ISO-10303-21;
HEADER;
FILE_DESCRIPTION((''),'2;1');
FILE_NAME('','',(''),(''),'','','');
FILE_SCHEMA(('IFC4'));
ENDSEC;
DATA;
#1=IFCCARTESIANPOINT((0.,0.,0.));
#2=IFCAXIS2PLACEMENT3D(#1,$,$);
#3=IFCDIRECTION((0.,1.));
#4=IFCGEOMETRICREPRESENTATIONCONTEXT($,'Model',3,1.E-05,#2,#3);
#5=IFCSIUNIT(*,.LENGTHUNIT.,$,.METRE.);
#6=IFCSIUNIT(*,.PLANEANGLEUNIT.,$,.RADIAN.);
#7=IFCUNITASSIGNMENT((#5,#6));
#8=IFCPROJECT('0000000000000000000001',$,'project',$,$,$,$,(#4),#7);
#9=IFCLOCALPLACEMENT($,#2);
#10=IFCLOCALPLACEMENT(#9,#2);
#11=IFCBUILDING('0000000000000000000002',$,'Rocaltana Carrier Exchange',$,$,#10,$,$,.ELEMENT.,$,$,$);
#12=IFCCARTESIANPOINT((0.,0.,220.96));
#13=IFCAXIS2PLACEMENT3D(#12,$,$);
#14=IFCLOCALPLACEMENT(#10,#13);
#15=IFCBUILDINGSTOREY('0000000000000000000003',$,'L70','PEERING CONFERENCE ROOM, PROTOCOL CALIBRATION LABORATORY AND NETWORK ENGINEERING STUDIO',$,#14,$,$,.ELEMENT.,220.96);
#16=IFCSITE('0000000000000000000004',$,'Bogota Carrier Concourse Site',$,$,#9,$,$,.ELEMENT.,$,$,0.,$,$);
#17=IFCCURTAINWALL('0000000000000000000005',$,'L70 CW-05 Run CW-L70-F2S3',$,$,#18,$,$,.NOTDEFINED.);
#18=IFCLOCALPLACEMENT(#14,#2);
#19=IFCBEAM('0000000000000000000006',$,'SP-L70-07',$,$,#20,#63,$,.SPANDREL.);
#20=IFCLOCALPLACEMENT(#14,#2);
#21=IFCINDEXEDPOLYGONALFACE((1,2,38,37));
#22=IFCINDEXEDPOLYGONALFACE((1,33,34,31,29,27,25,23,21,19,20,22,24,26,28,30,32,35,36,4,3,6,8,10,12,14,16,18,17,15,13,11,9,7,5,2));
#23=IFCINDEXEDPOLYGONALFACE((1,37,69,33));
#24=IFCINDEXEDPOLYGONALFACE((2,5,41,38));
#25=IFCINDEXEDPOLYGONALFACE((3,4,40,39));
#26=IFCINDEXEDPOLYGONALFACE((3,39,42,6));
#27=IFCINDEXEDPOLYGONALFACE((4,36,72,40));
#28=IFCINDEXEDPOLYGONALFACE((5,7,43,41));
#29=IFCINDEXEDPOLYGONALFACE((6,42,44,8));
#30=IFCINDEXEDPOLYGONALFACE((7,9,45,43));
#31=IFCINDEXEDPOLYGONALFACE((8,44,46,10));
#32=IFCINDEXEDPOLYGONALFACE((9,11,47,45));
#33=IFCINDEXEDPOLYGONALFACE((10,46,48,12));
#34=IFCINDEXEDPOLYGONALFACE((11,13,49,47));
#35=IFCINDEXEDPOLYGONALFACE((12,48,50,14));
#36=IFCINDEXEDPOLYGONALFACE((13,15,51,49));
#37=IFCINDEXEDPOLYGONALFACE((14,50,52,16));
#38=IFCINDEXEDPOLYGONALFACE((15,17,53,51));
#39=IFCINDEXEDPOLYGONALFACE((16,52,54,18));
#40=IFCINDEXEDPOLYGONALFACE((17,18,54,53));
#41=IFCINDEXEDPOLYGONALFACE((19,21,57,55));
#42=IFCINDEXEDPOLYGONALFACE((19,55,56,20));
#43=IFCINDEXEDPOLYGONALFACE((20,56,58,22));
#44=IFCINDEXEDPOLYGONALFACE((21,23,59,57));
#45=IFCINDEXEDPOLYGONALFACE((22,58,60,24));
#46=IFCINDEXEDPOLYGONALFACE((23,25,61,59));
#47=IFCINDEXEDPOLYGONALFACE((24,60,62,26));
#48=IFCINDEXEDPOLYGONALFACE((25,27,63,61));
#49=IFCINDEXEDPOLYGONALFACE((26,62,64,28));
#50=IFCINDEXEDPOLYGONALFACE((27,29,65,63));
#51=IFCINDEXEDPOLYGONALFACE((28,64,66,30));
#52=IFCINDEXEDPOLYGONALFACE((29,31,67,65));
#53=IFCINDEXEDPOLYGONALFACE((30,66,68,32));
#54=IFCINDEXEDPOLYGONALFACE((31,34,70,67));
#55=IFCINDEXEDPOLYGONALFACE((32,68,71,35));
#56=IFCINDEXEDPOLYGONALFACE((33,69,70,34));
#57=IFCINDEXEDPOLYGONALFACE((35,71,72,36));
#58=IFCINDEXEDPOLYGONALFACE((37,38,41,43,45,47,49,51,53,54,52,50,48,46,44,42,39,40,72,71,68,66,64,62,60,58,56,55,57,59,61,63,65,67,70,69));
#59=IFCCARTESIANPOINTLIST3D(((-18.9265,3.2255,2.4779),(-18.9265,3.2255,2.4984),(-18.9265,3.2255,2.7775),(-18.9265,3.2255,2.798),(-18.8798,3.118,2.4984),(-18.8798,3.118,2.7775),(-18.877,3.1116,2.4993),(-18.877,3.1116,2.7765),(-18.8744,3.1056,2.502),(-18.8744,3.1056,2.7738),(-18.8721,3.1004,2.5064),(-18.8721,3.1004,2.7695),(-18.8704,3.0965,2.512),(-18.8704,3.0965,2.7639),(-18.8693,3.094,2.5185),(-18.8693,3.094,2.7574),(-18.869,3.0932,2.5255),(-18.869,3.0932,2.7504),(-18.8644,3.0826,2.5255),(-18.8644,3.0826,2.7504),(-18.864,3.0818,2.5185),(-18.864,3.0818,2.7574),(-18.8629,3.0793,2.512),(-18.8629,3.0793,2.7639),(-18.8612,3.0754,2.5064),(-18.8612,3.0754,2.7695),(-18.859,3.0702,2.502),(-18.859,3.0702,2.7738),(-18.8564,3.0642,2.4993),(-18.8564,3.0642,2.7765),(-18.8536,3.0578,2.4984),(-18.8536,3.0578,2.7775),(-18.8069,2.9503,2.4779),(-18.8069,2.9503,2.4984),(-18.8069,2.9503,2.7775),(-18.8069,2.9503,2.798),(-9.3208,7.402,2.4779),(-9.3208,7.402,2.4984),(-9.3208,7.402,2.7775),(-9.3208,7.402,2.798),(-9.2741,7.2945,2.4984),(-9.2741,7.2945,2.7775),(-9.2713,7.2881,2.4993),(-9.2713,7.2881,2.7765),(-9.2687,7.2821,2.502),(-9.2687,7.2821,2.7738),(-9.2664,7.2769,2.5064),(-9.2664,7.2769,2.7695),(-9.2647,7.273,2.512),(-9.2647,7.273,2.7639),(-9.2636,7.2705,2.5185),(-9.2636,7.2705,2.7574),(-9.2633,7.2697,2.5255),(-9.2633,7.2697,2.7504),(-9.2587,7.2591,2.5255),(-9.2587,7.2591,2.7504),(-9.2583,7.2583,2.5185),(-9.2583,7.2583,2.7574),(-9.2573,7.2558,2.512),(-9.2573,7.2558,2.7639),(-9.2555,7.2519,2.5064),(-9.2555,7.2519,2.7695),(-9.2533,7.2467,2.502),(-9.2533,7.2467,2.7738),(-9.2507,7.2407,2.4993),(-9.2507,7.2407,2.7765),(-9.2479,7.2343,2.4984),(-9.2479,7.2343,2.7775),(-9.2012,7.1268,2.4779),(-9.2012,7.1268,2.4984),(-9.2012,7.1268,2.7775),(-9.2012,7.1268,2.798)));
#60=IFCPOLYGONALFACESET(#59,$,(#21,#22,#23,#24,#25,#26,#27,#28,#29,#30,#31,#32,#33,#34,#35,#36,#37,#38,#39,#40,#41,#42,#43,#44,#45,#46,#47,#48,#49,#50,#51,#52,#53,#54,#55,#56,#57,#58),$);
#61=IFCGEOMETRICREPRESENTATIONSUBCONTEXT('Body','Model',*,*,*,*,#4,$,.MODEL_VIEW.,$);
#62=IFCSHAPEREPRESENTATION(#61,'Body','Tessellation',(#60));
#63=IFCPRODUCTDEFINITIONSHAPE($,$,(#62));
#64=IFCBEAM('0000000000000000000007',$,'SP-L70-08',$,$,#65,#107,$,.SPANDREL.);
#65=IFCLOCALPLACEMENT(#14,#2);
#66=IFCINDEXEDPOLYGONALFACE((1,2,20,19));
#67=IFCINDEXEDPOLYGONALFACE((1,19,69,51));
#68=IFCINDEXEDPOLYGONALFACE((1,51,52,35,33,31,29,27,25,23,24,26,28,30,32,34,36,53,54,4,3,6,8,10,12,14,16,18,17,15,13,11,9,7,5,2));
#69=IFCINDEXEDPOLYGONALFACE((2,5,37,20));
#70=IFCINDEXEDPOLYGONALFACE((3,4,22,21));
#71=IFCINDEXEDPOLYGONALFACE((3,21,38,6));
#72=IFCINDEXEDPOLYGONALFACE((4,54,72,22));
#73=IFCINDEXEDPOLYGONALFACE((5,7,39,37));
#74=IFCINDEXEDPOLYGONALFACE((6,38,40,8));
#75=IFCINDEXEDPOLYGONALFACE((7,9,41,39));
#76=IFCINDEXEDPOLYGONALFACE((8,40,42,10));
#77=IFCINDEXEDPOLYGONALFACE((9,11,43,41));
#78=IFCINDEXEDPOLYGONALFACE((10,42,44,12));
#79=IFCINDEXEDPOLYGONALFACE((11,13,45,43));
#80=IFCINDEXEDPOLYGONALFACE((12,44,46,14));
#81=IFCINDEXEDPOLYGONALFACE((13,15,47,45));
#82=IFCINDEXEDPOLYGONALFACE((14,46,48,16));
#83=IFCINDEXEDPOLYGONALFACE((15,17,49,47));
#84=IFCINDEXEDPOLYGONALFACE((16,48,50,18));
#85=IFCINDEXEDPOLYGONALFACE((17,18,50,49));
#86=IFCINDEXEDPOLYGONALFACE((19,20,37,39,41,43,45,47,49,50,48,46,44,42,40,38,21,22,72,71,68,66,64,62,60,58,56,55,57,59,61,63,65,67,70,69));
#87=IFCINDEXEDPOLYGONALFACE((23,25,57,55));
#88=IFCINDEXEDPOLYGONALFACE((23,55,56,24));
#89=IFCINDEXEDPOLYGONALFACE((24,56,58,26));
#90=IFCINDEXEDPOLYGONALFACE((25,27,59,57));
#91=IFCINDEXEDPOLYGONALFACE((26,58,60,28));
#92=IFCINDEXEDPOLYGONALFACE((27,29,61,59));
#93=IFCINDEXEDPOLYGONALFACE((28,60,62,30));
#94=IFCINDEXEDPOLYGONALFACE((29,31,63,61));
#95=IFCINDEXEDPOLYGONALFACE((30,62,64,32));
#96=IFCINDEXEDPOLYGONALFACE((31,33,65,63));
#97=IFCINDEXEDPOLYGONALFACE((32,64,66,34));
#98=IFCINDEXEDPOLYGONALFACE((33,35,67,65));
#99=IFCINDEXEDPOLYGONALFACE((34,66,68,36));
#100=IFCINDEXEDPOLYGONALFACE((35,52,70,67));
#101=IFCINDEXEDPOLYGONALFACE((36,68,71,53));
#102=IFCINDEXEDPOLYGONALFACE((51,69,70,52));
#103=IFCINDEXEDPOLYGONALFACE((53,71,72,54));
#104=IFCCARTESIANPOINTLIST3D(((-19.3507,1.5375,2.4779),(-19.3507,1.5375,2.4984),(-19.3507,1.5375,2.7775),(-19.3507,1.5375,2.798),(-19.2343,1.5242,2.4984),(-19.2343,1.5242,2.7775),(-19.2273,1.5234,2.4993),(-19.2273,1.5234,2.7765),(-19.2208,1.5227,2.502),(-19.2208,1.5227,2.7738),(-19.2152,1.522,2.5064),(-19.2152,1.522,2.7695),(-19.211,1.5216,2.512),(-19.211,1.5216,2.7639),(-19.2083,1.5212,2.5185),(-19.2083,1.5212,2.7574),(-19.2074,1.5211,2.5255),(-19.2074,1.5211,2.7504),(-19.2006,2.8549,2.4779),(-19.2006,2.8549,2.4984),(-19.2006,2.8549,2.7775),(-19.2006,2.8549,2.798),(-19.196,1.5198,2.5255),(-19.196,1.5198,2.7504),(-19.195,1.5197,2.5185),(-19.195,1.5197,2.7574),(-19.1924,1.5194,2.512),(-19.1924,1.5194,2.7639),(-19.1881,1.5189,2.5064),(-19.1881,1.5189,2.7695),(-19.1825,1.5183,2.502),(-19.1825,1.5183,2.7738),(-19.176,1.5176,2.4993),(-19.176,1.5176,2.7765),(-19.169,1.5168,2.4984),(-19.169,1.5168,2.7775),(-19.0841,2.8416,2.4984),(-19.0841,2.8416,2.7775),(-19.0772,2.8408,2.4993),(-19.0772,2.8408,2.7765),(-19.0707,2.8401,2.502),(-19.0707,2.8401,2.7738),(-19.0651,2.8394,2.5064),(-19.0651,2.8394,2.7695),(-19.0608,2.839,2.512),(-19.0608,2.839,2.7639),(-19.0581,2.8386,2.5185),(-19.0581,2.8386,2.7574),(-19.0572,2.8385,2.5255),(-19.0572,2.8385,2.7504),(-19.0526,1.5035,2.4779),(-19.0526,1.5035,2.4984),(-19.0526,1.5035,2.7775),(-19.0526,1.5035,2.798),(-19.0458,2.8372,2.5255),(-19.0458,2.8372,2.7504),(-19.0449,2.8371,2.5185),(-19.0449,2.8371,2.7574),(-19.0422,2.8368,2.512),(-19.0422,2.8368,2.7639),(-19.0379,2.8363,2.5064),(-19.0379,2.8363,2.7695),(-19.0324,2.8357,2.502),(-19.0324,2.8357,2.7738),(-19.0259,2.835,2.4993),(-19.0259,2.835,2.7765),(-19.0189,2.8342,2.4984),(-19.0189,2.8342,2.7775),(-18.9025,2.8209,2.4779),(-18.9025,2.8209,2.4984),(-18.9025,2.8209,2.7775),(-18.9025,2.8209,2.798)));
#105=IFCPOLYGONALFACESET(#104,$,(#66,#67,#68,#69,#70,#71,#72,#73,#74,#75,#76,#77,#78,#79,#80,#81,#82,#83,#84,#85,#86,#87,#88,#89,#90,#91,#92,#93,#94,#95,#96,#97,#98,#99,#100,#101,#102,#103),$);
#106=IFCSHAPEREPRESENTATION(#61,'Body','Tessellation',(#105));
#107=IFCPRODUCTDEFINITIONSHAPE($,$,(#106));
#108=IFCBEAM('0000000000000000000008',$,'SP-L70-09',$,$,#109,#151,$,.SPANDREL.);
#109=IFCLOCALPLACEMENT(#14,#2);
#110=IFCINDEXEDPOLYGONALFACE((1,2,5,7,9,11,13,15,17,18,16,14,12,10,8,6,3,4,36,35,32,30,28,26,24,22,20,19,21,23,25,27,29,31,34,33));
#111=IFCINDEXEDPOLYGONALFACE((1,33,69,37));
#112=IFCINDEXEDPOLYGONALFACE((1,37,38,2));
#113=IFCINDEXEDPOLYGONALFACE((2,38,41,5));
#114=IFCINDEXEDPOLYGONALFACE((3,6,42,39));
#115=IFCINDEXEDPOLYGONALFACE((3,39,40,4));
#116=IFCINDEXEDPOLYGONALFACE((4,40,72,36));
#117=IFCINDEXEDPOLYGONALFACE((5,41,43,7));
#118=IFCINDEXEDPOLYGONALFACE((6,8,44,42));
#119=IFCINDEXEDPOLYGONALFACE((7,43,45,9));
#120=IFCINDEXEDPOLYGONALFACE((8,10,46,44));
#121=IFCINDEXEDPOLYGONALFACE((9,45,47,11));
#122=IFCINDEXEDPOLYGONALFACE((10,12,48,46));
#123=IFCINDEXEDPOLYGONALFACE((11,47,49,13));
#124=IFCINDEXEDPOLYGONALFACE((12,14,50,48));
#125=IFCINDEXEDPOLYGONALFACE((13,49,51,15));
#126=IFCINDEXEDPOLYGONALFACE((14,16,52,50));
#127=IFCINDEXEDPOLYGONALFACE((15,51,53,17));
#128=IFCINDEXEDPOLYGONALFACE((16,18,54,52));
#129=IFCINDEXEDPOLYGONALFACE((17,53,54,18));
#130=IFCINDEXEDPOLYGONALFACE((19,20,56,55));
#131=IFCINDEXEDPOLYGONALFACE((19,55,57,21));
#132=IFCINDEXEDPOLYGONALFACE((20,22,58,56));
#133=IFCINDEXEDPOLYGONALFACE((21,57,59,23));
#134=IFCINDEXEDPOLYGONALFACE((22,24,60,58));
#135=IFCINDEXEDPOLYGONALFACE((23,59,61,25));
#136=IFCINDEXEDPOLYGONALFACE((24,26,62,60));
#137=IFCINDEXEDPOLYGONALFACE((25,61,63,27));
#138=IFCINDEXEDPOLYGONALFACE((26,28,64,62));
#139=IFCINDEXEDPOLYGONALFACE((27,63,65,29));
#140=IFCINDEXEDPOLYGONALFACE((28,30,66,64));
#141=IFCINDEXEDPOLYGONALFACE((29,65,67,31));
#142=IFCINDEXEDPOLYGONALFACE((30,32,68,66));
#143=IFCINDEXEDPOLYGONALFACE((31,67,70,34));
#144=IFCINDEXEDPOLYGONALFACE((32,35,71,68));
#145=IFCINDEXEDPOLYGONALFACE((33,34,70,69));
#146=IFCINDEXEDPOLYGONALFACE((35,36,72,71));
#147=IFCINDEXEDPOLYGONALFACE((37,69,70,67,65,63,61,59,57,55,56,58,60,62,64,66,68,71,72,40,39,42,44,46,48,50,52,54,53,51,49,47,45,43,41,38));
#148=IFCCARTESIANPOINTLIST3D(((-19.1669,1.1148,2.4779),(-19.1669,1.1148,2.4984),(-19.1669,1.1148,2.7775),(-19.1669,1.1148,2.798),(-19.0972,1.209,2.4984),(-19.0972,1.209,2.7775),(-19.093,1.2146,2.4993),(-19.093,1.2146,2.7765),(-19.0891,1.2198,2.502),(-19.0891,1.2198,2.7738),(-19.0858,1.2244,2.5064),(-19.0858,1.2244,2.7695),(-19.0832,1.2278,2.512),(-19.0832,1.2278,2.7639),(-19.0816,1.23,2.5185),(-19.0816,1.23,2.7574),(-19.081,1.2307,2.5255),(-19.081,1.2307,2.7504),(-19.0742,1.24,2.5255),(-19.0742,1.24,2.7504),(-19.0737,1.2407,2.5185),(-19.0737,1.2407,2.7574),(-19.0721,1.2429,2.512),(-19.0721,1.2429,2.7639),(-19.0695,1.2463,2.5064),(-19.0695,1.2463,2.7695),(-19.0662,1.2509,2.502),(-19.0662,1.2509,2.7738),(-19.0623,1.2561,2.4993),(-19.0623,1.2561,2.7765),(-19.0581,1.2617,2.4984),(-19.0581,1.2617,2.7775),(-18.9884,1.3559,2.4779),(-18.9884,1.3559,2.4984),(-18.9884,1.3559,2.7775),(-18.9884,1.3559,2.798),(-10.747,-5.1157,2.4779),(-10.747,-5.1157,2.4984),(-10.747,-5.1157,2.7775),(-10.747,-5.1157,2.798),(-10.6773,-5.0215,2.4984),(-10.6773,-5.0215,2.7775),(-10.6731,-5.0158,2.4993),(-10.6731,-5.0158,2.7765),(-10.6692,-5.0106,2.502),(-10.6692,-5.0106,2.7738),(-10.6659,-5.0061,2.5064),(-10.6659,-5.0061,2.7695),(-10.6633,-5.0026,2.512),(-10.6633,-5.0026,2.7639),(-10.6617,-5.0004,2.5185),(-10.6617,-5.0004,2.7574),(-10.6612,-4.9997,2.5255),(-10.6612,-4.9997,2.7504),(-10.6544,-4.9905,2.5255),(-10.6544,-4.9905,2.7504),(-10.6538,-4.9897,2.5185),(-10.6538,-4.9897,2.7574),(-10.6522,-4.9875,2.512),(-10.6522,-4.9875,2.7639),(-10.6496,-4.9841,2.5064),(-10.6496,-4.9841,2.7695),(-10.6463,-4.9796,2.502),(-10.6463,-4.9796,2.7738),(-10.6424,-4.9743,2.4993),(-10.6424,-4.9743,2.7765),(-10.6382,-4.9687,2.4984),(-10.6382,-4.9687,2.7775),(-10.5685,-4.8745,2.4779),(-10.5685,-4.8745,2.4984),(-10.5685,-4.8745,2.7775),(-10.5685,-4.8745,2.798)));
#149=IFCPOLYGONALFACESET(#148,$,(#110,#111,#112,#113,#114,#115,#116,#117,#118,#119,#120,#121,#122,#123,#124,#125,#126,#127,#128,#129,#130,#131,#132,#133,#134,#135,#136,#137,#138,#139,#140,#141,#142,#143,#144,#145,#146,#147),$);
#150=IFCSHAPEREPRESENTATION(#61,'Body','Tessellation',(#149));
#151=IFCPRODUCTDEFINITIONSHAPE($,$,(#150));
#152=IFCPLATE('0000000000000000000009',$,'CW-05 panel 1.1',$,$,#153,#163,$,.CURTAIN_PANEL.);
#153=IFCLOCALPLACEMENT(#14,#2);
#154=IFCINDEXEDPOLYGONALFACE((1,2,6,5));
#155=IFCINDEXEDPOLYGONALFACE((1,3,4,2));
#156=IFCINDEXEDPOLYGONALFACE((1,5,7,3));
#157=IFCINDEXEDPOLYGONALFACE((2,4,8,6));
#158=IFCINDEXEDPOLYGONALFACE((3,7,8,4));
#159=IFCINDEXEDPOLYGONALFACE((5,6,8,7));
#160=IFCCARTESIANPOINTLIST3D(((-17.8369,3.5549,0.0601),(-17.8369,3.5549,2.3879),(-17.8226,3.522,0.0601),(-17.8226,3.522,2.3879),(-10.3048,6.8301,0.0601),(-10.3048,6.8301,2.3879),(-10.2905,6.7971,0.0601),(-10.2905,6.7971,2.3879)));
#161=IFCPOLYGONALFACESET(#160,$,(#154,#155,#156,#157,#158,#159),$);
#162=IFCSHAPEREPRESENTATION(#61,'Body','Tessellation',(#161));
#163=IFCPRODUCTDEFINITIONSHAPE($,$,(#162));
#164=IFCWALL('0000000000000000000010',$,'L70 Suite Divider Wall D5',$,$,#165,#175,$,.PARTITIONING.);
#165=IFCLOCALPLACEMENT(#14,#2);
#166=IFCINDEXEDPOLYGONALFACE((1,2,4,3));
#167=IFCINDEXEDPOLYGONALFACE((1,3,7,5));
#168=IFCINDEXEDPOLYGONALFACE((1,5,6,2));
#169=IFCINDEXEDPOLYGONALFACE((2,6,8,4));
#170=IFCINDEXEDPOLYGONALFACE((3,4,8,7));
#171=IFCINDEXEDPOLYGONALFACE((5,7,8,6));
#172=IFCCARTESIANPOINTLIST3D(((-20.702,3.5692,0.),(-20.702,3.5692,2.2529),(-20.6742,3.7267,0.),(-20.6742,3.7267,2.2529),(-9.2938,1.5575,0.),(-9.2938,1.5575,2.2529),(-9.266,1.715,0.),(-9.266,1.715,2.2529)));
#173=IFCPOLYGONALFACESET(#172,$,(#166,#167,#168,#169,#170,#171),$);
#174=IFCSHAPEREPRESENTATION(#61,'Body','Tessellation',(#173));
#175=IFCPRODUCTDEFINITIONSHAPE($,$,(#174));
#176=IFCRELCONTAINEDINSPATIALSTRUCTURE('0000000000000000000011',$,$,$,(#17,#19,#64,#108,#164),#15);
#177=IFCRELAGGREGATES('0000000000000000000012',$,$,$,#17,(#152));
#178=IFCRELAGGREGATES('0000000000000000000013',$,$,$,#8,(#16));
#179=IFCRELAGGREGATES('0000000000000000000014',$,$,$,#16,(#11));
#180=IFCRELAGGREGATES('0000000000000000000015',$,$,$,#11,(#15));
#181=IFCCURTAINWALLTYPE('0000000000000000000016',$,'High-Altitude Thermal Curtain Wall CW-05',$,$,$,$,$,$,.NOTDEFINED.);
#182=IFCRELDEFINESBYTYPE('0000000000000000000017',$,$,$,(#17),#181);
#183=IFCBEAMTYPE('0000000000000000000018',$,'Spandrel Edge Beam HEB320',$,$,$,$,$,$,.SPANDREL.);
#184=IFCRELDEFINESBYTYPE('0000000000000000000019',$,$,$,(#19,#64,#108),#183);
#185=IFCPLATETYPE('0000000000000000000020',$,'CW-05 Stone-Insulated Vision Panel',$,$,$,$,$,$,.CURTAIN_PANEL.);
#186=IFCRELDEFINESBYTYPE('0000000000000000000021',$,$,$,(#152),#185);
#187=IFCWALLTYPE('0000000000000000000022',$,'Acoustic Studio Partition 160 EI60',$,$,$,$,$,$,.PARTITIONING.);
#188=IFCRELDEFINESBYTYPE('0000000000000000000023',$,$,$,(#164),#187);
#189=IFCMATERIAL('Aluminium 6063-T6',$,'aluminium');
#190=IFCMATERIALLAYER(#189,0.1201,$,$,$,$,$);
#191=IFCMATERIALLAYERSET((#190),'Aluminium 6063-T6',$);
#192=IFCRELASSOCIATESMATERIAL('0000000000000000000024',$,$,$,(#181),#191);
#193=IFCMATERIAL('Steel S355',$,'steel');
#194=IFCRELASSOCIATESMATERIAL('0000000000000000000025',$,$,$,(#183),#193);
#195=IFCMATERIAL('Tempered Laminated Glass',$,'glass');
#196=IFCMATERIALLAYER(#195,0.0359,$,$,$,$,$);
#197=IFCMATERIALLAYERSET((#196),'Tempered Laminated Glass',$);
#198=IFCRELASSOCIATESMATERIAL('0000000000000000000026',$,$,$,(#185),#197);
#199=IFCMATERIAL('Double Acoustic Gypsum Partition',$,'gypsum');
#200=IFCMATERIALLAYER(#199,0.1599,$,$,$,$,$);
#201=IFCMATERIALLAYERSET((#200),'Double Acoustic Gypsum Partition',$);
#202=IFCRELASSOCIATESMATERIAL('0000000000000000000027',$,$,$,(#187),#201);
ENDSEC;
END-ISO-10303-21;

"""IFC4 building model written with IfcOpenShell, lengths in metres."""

from ifc_helpers import new_model, si_unit, direction, frame, frame_2d, origin, origin_2d, place, context, subcontext, project, spatial, rectangle, i_section, extrude, material, layer, layer_set, material_profile, profile_set, type_object, element, aggregate, save


model = new_model("IFC4")

# Units and contexts
model_context = context("Model", 3, precision=1e-05, world=origin(), true_north=direction((0.0, 1.0)))
body_context = subcontext(model_context, "Body", "Model", "MODEL_VIEW")
ifc_project = project(units=[si_unit("LENGTHUNIT", "METRE"), si_unit("PLANEANGLEUNIT", "RADIAN")], contexts=[model_context])

# Site, building, storey
site_placement = place(None, origin())
site = spatial("IfcSite", under=ifc_project, at=site_placement, Name="Bogota Carrier Concourse Site", CompositionType="ELEMENT", RefElevation=0.0)
building_placement = place(site_placement, origin())
building = spatial("IfcBuilding", under=site, at=building_placement, Name="Rocaltana Carrier Exchange", CompositionType="ELEMENT")
storey_placement = place(building_placement, frame((0.0, 0.0, 220.96)))
storey = spatial("IfcBuildingStorey", under=building, at=storey_placement, Name="L70", Description="PEERING CONFERENCE ROOM, PROTOCOL CALIBRATION LABORATORY AND NETWORK ENGINEERING STUDIO", CompositionType="ELEMENT", Elevation=220.96)

# Shared definitions
ifc_material_1 = material(Name="Aluminium 6063-T6", Category="aluminium")
ifc_layer_1 = layer(ifc_material_1, 0.1201)
ifc_layer_set_1 = layer_set([ifc_layer_1], Name="Aluminium 6063-T6")
curtain_wall_type = type_object("IfcCurtainWallType", Name="High-Altitude Thermal Curtain Wall CW-05", PredefinedType="NOTDEFINED", material=ifc_layer_set_1)

# Curtain wall
curtain_wall_1_placement = place(storey_placement, origin())
curtain_wall_1 = element("IfcCurtainWall", 1, at=curtain_wall_1_placement, inside=storey, type_object=curtain_wall_type, Name="L70 CW-05 Run CW-L70-F2S3", PredefinedType="NOTDEFINED")

# Beams
ifc_material_2 = material(Name="Steel S355", Category="steel")
ifc_material_profile_1 = material_profile(ifc_material_2, i_section(OverallWidth=0.3, OverallDepth=0.3201, WebThickness=0.0115, FlangeThickness=0.0205, FilletRadius=0.0271, at=origin_2d()), Name="HEB320")
ifc_profile_set_1 = profile_set([ifc_material_profile_1], Name="Steel S355")
beam_type_1 = type_object("IfcBeamType", Name="Spandrel Edge Beam HEB320", PredefinedType="SPANDREL", material=ifc_profile_set_1)
beam_1_placement = place(storey_placement, frame((-9.261, 7.2644, 2.6379), z_axis=(-0.917066, -0.398735, 0.0), x_axis=(0.398735, -0.917066, 0.0)))
element("IfcBeam", 2, at=beam_1_placement, inside=storey, type_object=beam_type_1, Name="SP-L70-07", PredefinedType="SPANDREL", context=body_context, shape_type="SweptSolid", body=[
    extrude(i_section(OverallWidth=0.3, OverallDepth=0.3201, WebThickness=0.0115, FlangeThickness=0.0205, FilletRadius=0.0271, at=origin_2d()), origin(), (0.0, 0.0, 1.0), 10.4744),
])
beam_2_placement = place(storey_placement, frame((-19.0515, 2.8379, 2.6379), z_axis=(-0.11324, -0.993568, 0.0), x_axis=(0.993568, -0.11324, 0.0)))
element("IfcBeam", 3, at=beam_2_placement, inside=storey, type_object=beam_type_1, Name="SP-L70-08", PredefinedType="SPANDREL", context=body_context, shape_type="SweptSolid", body=[
    extrude(i_section(OverallWidth=0.3, OverallDepth=0.3201, WebThickness=0.0115, FlangeThickness=0.0205, FilletRadius=0.0271, at=origin_2d()), origin(), (0.0, 0.0, 1.0), 1.3259),
])
beam_3_placement = place(storey_placement, frame((-19.0776, 1.2354, 2.6379), z_axis=(0.803854, -0.594826, 0.0), x_axis=(0.594826, 0.803854, 0.0)))
element("IfcBeam", 4, at=beam_3_placement, inside=storey, type_object=beam_type_1, Name="SP-L70-09", PredefinedType="SPANDREL", context=body_context, shape_type="SweptSolid", body=[
    extrude(i_section(OverallWidth=0.3, OverallDepth=0.3201, WebThickness=0.0115, FlangeThickness=0.0205, FilletRadius=0.0271, at=origin_2d()), origin(), (0.0, 0.0, 1.0), 10.4744),
])

# Plate
ifc_material_3 = material(Name="Tempered Laminated Glass", Category="glass")
ifc_layer_2 = layer(ifc_material_3, 0.0359)
ifc_layer_set_2 = layer_set([ifc_layer_2], Name="Tempered Laminated Glass")
plate_type = type_object("IfcPlateType", Name="CW-05 Stone-Insulated Vision Panel", PredefinedType="CURTAIN_PANEL", material=ifc_layer_set_2)
plate_placement = place(storey_placement, frame((-14.0637, 5.176, 0.0601), z_axis=(0.0, 0.0, 1.0), x_axis=(-0.917057, -0.398757, 0.0)))
plate = element("IfcPlate", 5, at=plate_placement, type_object=plate_type, Name="CW-05 panel 1.1", PredefinedType="CURTAIN_PANEL", context=body_context, shape_type="SweptSolid", body=[
    extrude(rectangle(XDim=8.2134, YDim=0.0359, at=origin_2d()), origin(), (0.0, 0.0, 1.0), 2.3279),
])
aggregate(curtain_wall_1, [plate])

# Wall
ifc_material_4 = material(Name="Double Acoustic Gypsum Partition", Category="gypsum")
ifc_layer_3 = layer(ifc_material_4, 0.1599)
ifc_layer_set_3 = layer_set([ifc_layer_3], Name="Double Acoustic Gypsum Partition")
wall_type_1 = type_object("IfcWallType", Name="Acoustic Studio Partition 160 EI60", PredefinedType="PARTITIONING", material=ifc_layer_set_3)
wall_1_placement = place(storey_placement, frame((-9.28, 1.6362, 0.0), z_axis=(0.0, 0.0, 1.0), x_axis=(-0.984806, 0.17366, 0.0)))
element("IfcWall", 6, at=wall_1_placement, inside=storey, type_object=wall_type_1, Name="L70 Suite Divider Wall D5", PredefinedType="PARTITIONING", context=body_context, shape_type="SweptSolid", body=[
    extrude(rectangle(XDim=11.5842, YDim=0.1599, at=frame_2d((5.792, 0.0))), origin(), (0.0, 0.0, 1.0), 2.2529),
])

save(model, "model.ifc")
